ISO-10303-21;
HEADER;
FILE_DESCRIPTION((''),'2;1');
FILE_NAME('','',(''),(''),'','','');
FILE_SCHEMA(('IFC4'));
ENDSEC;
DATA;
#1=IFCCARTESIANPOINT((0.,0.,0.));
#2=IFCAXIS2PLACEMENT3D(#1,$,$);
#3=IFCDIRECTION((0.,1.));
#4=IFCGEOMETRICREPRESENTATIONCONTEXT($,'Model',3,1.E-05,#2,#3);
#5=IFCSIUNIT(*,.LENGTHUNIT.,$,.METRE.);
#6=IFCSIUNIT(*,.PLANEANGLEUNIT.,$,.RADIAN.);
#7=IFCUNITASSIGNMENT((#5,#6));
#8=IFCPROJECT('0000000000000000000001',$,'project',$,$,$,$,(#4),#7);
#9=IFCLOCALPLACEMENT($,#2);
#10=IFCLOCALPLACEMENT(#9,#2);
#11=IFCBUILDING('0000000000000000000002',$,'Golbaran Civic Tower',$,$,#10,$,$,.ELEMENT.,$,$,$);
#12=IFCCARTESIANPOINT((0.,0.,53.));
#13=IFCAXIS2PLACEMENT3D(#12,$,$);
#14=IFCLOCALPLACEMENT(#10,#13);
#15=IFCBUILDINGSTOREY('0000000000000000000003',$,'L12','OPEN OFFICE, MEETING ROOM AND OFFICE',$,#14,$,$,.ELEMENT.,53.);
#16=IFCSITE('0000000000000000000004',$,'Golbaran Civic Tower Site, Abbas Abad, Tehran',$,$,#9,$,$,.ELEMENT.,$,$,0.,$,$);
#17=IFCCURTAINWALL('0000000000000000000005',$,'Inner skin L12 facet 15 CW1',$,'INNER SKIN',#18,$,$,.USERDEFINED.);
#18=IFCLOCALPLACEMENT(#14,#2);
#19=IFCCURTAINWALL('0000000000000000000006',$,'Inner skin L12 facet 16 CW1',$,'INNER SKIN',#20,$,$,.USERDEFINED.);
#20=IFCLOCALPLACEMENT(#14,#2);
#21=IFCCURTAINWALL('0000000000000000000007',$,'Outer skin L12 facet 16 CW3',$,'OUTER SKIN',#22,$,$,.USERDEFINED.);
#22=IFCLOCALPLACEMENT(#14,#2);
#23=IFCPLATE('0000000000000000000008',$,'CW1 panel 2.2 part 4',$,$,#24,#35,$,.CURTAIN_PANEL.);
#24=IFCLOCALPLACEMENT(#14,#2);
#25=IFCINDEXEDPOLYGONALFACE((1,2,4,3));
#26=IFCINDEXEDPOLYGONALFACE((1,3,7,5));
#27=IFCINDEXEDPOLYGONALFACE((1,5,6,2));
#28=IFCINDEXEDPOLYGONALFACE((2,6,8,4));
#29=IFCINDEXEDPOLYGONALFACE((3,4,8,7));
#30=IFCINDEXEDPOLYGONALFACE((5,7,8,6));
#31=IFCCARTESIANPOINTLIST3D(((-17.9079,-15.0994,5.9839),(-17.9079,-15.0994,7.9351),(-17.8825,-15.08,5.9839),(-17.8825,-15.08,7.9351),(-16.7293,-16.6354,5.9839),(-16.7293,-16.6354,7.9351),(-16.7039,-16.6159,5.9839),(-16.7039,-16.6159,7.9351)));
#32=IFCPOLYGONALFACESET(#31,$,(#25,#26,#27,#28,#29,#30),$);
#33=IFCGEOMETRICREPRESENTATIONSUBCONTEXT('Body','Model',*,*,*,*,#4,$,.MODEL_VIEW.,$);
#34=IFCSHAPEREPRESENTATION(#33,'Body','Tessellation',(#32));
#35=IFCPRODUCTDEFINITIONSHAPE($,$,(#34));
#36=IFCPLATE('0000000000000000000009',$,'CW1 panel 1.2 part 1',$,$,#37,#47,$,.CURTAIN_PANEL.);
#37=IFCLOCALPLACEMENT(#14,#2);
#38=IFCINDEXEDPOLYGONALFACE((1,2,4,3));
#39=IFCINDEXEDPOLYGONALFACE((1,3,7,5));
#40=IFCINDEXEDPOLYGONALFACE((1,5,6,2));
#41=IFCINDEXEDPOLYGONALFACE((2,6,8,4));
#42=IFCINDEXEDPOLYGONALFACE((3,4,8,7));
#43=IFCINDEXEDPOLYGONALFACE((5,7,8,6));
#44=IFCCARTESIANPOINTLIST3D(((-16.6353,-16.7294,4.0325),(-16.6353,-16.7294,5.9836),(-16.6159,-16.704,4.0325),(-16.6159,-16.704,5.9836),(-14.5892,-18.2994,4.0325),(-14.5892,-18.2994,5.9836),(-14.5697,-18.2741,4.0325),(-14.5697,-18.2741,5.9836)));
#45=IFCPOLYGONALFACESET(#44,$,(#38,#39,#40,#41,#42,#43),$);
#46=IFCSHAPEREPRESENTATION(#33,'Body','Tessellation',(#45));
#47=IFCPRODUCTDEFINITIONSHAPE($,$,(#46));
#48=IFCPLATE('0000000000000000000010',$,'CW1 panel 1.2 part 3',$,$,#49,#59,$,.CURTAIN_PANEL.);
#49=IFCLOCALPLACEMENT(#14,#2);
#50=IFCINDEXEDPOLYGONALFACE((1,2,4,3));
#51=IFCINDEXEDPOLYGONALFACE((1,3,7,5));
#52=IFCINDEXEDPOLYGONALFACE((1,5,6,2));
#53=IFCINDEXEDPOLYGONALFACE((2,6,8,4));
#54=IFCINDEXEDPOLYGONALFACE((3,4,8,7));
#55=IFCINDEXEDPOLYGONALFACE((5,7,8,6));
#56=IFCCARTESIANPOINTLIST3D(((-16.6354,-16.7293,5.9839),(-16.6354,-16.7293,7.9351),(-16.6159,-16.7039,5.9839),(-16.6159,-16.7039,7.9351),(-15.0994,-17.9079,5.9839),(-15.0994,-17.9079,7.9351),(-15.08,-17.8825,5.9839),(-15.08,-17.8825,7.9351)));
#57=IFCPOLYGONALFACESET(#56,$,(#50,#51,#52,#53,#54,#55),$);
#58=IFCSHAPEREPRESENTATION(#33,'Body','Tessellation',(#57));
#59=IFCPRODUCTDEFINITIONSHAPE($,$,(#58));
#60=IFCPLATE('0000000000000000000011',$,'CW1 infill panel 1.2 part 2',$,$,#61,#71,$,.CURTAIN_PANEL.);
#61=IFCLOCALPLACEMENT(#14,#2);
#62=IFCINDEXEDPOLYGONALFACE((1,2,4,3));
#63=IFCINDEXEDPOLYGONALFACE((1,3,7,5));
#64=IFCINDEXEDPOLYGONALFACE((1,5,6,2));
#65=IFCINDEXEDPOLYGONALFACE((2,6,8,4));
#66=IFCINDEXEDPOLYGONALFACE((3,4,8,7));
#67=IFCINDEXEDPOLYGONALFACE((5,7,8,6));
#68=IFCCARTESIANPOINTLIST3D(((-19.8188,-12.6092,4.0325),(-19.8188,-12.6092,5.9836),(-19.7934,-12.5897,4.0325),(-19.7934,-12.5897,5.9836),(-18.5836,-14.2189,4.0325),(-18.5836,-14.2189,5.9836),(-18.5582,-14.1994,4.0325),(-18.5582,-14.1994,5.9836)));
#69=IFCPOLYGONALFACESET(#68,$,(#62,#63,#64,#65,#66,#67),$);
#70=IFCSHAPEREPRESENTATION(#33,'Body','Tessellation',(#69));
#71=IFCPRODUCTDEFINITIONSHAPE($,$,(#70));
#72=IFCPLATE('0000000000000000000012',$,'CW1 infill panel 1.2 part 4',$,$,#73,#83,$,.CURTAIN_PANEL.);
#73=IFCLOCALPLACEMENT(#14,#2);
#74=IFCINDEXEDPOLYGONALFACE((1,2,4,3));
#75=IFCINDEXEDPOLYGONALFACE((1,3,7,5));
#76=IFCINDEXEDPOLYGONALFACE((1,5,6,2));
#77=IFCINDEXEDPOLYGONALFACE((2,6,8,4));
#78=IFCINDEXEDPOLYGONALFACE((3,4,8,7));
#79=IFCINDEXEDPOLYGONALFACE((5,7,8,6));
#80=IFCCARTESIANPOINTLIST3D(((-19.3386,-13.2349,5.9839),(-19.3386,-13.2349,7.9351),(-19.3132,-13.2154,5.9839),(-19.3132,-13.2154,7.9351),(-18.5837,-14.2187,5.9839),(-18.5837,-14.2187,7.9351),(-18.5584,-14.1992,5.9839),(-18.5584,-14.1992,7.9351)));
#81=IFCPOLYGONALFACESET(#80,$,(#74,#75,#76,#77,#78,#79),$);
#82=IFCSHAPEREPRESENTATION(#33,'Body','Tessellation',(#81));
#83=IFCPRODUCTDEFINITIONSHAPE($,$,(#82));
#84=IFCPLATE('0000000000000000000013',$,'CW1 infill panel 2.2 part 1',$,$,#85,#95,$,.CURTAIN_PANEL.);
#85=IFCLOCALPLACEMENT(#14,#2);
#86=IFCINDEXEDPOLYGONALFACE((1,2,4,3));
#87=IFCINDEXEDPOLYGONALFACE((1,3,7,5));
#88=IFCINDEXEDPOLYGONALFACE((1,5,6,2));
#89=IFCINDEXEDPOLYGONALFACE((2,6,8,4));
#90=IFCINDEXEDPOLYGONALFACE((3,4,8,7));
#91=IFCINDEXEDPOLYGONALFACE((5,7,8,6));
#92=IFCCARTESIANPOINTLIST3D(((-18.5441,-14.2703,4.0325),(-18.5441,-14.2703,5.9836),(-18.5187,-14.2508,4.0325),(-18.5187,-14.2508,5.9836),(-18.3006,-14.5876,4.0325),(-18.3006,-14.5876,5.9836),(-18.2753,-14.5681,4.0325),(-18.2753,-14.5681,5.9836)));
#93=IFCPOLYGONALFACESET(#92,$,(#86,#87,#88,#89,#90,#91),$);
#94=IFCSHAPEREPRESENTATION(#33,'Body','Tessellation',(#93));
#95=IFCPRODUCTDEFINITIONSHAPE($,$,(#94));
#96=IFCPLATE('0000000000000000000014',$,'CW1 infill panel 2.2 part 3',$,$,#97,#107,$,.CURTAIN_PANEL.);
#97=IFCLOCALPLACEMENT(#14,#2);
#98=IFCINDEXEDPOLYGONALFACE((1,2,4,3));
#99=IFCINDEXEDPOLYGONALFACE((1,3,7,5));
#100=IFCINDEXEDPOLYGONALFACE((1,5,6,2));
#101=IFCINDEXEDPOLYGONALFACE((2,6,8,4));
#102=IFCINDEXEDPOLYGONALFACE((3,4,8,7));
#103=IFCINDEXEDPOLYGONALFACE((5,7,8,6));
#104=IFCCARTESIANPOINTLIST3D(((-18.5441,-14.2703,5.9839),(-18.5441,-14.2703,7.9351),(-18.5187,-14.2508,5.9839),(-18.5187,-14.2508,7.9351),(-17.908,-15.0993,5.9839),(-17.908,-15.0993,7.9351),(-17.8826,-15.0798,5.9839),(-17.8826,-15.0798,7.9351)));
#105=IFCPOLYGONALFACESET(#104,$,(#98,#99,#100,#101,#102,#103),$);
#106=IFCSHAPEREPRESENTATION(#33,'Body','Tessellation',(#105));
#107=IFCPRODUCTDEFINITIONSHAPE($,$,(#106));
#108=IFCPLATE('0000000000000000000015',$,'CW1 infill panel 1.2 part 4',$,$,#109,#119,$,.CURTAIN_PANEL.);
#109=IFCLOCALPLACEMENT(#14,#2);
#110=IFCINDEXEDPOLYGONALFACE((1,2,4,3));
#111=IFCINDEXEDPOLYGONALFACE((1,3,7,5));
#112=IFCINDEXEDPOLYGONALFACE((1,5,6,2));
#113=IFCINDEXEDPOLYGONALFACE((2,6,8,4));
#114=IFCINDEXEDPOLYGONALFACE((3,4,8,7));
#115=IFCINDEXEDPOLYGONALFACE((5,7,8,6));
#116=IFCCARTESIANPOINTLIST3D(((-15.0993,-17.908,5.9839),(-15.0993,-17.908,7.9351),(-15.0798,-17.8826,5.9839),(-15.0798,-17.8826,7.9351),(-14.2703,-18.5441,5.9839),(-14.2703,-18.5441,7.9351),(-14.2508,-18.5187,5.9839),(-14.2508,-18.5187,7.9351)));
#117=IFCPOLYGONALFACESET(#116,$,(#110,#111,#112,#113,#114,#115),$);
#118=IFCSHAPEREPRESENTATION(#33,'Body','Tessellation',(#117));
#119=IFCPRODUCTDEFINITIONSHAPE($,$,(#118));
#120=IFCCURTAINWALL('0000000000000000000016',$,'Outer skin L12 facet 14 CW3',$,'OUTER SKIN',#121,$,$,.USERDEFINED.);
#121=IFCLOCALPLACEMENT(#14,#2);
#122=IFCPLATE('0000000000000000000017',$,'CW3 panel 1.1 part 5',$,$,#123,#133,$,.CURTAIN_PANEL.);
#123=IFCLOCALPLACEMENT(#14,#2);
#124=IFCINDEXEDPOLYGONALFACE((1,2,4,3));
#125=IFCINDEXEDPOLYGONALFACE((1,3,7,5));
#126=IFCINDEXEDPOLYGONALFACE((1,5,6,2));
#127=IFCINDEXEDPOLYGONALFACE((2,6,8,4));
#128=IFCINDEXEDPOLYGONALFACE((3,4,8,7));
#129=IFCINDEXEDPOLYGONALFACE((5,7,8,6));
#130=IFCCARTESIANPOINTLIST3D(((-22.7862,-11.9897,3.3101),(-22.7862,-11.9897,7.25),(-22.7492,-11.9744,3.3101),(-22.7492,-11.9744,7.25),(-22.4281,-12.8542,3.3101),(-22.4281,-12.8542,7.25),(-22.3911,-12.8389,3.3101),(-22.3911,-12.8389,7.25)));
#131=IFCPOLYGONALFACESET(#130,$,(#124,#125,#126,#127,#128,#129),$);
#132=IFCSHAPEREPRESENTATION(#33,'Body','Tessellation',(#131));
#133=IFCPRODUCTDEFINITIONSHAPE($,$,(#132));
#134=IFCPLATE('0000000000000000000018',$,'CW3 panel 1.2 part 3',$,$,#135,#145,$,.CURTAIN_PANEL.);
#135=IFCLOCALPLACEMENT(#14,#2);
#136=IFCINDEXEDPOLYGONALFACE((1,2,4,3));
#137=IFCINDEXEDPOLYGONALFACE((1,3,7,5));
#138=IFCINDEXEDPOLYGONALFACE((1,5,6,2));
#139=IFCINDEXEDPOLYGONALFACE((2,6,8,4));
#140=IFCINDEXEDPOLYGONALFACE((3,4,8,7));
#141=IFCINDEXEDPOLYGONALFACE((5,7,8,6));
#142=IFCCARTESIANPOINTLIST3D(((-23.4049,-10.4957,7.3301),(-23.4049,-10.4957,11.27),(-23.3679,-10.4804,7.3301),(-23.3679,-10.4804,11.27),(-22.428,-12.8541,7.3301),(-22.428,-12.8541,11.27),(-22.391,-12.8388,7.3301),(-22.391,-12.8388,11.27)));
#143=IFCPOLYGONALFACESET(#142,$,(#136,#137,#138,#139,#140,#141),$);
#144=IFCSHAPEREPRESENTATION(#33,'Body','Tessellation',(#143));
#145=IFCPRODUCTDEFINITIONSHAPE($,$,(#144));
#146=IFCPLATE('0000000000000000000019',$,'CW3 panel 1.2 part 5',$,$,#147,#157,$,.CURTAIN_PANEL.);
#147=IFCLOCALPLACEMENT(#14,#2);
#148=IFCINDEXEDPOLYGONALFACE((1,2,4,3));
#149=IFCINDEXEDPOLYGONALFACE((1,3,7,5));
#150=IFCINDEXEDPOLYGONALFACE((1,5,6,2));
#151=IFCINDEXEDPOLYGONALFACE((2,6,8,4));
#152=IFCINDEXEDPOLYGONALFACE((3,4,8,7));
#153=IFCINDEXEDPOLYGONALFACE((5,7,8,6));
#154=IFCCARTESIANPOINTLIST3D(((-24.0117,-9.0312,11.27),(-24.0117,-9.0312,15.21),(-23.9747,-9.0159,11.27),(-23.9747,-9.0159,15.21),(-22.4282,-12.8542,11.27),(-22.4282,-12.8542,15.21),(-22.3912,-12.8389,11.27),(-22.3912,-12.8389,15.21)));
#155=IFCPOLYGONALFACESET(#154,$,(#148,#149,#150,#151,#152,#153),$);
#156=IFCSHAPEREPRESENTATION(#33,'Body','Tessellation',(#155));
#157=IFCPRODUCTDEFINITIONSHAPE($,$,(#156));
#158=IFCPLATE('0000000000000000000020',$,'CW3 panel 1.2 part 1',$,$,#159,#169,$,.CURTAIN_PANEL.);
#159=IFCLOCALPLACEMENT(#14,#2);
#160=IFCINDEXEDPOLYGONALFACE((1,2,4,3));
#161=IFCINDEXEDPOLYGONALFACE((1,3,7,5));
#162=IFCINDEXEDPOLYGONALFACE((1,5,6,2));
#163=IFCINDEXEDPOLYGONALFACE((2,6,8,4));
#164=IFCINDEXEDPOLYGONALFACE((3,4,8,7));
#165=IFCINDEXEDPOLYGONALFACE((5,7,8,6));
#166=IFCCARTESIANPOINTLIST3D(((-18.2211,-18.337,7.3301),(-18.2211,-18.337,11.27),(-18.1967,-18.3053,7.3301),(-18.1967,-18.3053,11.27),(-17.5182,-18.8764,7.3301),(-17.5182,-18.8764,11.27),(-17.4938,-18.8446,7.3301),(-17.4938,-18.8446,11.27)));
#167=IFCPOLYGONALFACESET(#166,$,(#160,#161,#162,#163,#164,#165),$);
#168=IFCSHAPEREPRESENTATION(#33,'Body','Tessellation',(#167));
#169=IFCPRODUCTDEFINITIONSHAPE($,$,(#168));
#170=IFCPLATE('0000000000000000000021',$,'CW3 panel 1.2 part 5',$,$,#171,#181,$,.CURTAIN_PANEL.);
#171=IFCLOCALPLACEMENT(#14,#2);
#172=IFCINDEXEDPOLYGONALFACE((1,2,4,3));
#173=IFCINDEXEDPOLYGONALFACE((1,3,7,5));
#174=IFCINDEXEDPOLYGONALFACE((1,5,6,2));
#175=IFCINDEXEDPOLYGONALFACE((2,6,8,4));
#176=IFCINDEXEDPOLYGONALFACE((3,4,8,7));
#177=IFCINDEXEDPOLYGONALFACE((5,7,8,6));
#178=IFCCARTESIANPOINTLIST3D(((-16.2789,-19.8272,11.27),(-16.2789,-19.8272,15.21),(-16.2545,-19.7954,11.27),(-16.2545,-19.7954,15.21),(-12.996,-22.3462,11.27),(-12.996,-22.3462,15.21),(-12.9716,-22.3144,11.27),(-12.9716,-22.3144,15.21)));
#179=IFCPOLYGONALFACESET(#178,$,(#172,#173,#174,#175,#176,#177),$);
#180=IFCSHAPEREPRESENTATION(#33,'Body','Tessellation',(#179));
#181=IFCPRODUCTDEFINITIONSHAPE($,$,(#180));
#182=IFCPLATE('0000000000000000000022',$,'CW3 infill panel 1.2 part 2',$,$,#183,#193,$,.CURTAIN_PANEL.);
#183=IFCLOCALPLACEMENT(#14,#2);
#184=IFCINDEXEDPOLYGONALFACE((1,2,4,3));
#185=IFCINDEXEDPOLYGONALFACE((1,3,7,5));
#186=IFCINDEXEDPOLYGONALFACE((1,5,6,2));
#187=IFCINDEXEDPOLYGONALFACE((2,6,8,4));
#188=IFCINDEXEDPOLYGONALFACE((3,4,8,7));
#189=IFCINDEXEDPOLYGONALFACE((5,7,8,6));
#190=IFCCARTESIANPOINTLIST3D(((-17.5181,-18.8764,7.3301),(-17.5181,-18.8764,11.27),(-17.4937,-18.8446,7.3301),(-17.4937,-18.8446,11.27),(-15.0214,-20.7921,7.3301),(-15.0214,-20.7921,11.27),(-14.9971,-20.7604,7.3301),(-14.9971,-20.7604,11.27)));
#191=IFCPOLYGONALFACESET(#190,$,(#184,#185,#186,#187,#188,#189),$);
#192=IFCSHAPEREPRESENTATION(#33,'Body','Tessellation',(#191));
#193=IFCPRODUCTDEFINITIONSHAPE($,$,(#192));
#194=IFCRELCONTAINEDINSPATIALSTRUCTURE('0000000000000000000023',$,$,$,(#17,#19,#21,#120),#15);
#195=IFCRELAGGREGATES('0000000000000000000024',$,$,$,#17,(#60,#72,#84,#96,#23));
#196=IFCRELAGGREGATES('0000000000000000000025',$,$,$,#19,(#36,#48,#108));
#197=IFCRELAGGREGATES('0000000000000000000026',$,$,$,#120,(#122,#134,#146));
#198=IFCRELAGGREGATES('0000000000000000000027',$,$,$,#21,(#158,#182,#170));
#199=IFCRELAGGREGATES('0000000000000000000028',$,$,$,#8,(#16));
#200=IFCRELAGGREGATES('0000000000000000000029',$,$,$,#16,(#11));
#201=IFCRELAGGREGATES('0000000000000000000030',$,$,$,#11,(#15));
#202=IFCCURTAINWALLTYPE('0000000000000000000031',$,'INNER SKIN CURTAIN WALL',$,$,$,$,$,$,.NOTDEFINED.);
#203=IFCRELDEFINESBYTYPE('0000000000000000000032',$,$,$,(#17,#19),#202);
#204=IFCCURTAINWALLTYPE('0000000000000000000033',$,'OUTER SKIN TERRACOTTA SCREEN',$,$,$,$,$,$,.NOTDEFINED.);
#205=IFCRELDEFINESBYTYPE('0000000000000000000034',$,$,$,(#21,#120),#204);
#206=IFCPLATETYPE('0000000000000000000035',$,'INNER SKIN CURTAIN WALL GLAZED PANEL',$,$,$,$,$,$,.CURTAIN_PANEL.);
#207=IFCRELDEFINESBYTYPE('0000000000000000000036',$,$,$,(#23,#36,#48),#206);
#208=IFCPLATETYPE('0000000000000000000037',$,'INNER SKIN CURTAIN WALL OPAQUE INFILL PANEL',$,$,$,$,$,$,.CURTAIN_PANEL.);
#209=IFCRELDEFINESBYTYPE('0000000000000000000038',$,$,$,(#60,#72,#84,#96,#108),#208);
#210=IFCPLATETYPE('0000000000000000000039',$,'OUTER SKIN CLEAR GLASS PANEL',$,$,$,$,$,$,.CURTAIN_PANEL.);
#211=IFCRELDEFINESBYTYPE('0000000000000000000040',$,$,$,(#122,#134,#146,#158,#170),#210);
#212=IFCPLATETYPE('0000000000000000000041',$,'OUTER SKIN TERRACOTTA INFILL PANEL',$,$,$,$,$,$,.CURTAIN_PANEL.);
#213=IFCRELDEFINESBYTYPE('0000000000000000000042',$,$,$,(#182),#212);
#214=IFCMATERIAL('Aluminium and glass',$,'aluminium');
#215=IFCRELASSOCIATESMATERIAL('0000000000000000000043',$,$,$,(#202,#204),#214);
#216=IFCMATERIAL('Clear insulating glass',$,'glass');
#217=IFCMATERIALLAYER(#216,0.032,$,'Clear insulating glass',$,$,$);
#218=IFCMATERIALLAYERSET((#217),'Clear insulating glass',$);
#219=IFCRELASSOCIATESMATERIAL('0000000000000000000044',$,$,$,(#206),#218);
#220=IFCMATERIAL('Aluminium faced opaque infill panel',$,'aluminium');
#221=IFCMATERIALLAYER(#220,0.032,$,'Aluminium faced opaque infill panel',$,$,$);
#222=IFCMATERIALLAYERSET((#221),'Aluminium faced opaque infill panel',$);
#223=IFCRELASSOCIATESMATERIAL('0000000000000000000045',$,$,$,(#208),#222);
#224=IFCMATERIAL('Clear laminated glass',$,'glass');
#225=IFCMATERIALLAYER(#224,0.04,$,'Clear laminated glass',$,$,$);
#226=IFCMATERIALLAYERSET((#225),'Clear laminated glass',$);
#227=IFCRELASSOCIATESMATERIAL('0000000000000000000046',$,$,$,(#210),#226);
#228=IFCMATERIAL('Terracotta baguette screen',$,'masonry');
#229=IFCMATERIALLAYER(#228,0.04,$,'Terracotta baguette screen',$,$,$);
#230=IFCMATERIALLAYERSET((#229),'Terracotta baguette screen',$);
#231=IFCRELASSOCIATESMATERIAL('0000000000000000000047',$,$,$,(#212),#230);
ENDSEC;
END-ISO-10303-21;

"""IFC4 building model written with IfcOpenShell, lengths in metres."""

from ifc_helpers import new_model, si_unit, direction, frame, origin, origin_2d, place, context, subcontext, project, spatial, rectangle, extrude, material, layer, layer_set, type_object, element, aggregate, save


model = new_model("IFC4")

# Units and contexts
model_context = context("Model", 3, precision=1e-05, world=origin(), true_north=direction((0.0, 1.0)))
body_context = subcontext(model_context, "Body", "Model", "MODEL_VIEW")
ifc_project = project(units=[si_unit("LENGTHUNIT", "METRE"), si_unit("PLANEANGLEUNIT", "RADIAN")], contexts=[model_context])

# Site, building, storey
site_placement = place(None, origin())
site = spatial("IfcSite", under=ifc_project, at=site_placement, Name="Golbaran Civic Tower Site, Abbas Abad, Tehran", CompositionType="ELEMENT", RefElevation=0.0)
building_placement = place(site_placement, origin())
building = spatial("IfcBuilding", under=site, at=building_placement, Name="Golbaran Civic Tower", CompositionType="ELEMENT")
storey_placement = place(building_placement, frame((0.0, 0.0, 53.0)))
storey = spatial("IfcBuildingStorey", under=building, at=storey_placement, Name="L12", Description="OPEN OFFICE, MEETING ROOM AND OFFICE", CompositionType="ELEMENT", Elevation=53.0)

# Curtain walls
ifc_material_1 = material(Name="Aluminium and glass", Category="aluminium")
curtain_wall_type_1 = type_object("IfcCurtainWallType", Name="INNER SKIN CURTAIN WALL", PredefinedType="NOTDEFINED", material=ifc_material_1)
curtain_wall_1_placement = place(storey_placement, origin())
curtain_wall_1 = element("IfcCurtainWall", 1, at=curtain_wall_1_placement, inside=storey, type_object=curtain_wall_type_1, Name="Inner skin L12 facet 15 CW1", ObjectType="INNER SKIN", PredefinedType="USERDEFINED")
curtain_wall_2_placement = place(storey_placement, origin())
curtain_wall_2 = element("IfcCurtainWall", 2, at=curtain_wall_2_placement, inside=storey, type_object=curtain_wall_type_1, Name="Inner skin L12 facet 16 CW1", ObjectType="INNER SKIN", PredefinedType="USERDEFINED")
curtain_wall_type_2 = type_object("IfcCurtainWallType", Name="OUTER SKIN TERRACOTTA SCREEN", PredefinedType="NOTDEFINED", material=ifc_material_1)
curtain_wall_3_placement = place(storey_placement, origin())
curtain_wall_3 = element("IfcCurtainWall", 3, at=curtain_wall_3_placement, inside=storey, type_object=curtain_wall_type_2, Name="Outer skin L12 facet 16 CW3", ObjectType="OUTER SKIN", PredefinedType="USERDEFINED")

# Shared definitions
ifc_material_2 = material(Name="Clear insulating glass", Category="glass")
ifc_layer_1 = layer(ifc_material_2, 0.032, Name="Clear insulating glass")
ifc_layer_set_1 = layer_set([ifc_layer_1], Name="Clear insulating glass")
plate_type_1 = type_object("IfcPlateType", Name="INNER SKIN CURTAIN WALL GLAZED PANEL", PredefinedType="CURTAIN_PANEL", material=ifc_layer_set_1)

# Plates
plate_1_placement = place(storey_placement, frame((-17.3059, -15.8577, 5.9839), z_axis=(0.0, 0.0, 1.0), x_axis=(0.608761, -0.793353, 0.0)))
plate_1 = element("IfcPlate", 4, at=plate_1_placement, type_object=plate_type_1, Name="CW1 panel 2.2 part 4", PredefinedType="CURTAIN_PANEL", context=body_context, shape_type="SweptSolid", body=[
    extrude(rectangle(XDim=1.936, YDim=0.032, at=origin_2d()), origin(), (0.0, 0.0, 1.0), 1.9512),
])
plate_2_placement = place(storey_placement, frame((-15.6025, -17.5017, 4.0325), z_axis=(0.0, 0.0, 1.0), x_axis=(0.793353, -0.608761, 0.0)))
plate_2 = element("IfcPlate", 5, at=plate_2_placement, type_object=plate_type_1, Name="CW1 panel 1.2 part 1", PredefinedType="CURTAIN_PANEL", context=body_context, shape_type="SweptSolid", body=[
    extrude(rectangle(XDim=2.5791, YDim=0.032, at=origin_2d()), origin(), (0.0, 0.0, 1.0), 1.9512),
])
plate_3_placement = place(storey_placement, frame((-15.8577, -17.3059, 5.9839), z_axis=(0.0, 0.0, 1.0), x_axis=(0.793353, -0.608761, 0.0)))
plate_3 = element("IfcPlate", 6, at=plate_3_placement, type_object=plate_type_1, Name="CW1 panel 1.2 part 3", PredefinedType="CURTAIN_PANEL", context=body_context, shape_type="SweptSolid", body=[
    extrude(rectangle(XDim=1.936, YDim=0.032, at=origin_2d()), origin(), (0.0, 0.0, 1.0), 1.9512),
])
ifc_material_3 = material(Name="Aluminium faced opaque infill panel", Category="aluminium")
ifc_layer_2 = layer(ifc_material_3, 0.032, Name="Aluminium faced opaque infill panel")
ifc_layer_set_2 = layer_set([ifc_layer_2], Name="Aluminium faced opaque infill panel")
plate_type_2 = type_object("IfcPlateType", Name="INNER SKIN CURTAIN WALL OPAQUE INFILL PANEL", PredefinedType="CURTAIN_PANEL", material=ifc_layer_set_2)
plate_4_placement = place(storey_placement, frame((-19.1885, -13.4043, 4.0325), z_axis=(0.0, 0.0, 1.0), x_axis=(0.608761, -0.793353, 0.0)))
plate_4 = element("IfcPlate", 7, at=plate_4_placement, type_object=plate_type_2, Name="CW1 infill panel 1.2 part 2", PredefinedType="CURTAIN_PANEL", context=body_context, shape_type="SweptSolid", body=[
    extrude(rectangle(XDim=2.0291, YDim=0.032, at=origin_2d()), origin(), (0.0, 0.0, 1.0), 1.9512),
])
plate_5_placement = place(storey_placement, frame((-18.9485, -13.717, 5.9839), z_axis=(0.0, 0.0, 1.0), x_axis=(0.608761, -0.793353, 0.0)))
plate_5 = element("IfcPlate", 8, at=plate_5_placement, type_object=plate_type_2, Name="CW1 infill panel 1.2 part 4", PredefinedType="CURTAIN_PANEL", context=body_context, shape_type="SweptSolid", body=[
    extrude(rectangle(XDim=1.24, YDim=0.032, at=origin_2d()), origin(), (0.0, 0.0, 1.0), 1.9512),
])
plate_6_placement = place(storey_placement, frame((-18.4097, -14.4192, 4.0325), z_axis=(0.0, 0.0, 1.0), x_axis=(0.608761, -0.793353, 0.0)))
plate_6 = element("IfcPlate", 9, at=plate_6_placement, type_object=plate_type_2, Name="CW1 infill panel 2.2 part 1", PredefinedType="CURTAIN_PANEL", context=body_context, shape_type="SweptSolid", body=[
    extrude(rectangle(XDim=0.3999, YDim=0.032, at=origin_2d()), origin(), (0.0, 0.0, 1.0), 1.9512),
])
plate_7_placement = place(storey_placement, frame((-18.2134, -14.675, 5.9839), z_axis=(0.0, 0.0, 1.0), x_axis=(0.608761, -0.793353, 0.0)))
plate_7 = element("IfcPlate", 10, at=plate_7_placement, type_object=plate_type_2, Name="CW1 infill panel 2.2 part 3", PredefinedType="CURTAIN_PANEL", context=body_context, shape_type="SweptSolid", body=[
    extrude(rectangle(XDim=1.0449, YDim=0.032, at=origin_2d()), origin(), (0.0, 0.0, 1.0), 1.9512),
])
aggregate(curtain_wall_1, [plate_4, plate_5, plate_6, plate_7, plate_1])
plate_8_placement = place(storey_placement, frame((-14.675, -18.2134, 5.9839), z_axis=(0.0, 0.0, 1.0), x_axis=(0.793353, -0.608761, 0.0)))
plate_8 = element("IfcPlate", 11, at=plate_8_placement, type_object=plate_type_2, Name="CW1 infill panel 1.2 part 4", PredefinedType="CURTAIN_PANEL", context=body_context, shape_type="SweptSolid", body=[
    extrude(rectangle(XDim=1.0449, YDim=0.032, at=origin_2d()), origin(), (0.0, 0.0, 1.0), 1.9512),
])
aggregate(curtain_wall_2, [plate_2, plate_3, plate_8])

# Curtain wall, plates
curtain_wall_4_placement = place(storey_placement, origin())
curtain_wall_4 = element("IfcCurtainWall", 12, at=curtain_wall_4_placement, inside=storey, type_object=curtain_wall_type_2, Name="Outer skin L12 facet 14 CW3", ObjectType="OUTER SKIN", PredefinedType="USERDEFINED")
ifc_material_4 = material(Name="Clear laminated glass", Category="glass")
ifc_layer_3 = layer(ifc_material_4, 0.04, Name="Clear laminated glass")
ifc_layer_set_3 = layer_set([ifc_layer_3], Name="Clear laminated glass")
plate_type_3 = type_object("IfcPlateType", Name="OUTER SKIN CLEAR GLASS PANEL", PredefinedType="CURTAIN_PANEL", material=ifc_layer_set_3)
plate_9_placement = place(storey_placement, frame((-22.5886, -12.4143, 3.3101), z_axis=(0.0, 0.0, 1.0), x_axis=(0.382683, -0.92388, 0.0)))
plate_9 = element("IfcPlate", 13, at=plate_9_placement, type_object=plate_type_3, Name="CW3 panel 1.1 part 5", PredefinedType="CURTAIN_PANEL", context=body_context, shape_type="SweptSolid", body=[
    extrude(rectangle(XDim=0.9358, YDim=0.04, at=origin_2d()), origin(), (0.0, 0.0, 1.0), 3.9399),
])
plate_10_placement = place(storey_placement, frame((-22.8979, -11.6672, 7.3301), z_axis=(0.0, 0.0, 1.0), x_axis=(0.382683, -0.92388, 0.0)))
plate_10 = element("IfcPlate", 14, at=plate_10_placement, type_object=plate_type_3, Name="CW3 panel 1.2 part 3", PredefinedType="CURTAIN_PANEL", context=body_context, shape_type="SweptSolid", body=[
    extrude(rectangle(XDim=2.5527, YDim=0.04, at=origin_2d()), origin(), (0.0, 0.0, 1.0), 3.9399),
])
plate_11_placement = place(storey_placement, frame((-23.2014, -10.9351, 11.27), z_axis=(0.0, 0.0, 1.0), x_axis=(0.382683, -0.92388, 0.0)))
plate_11 = element("IfcPlate", 15, at=plate_11_placement, type_object=plate_type_3, Name="CW3 panel 1.2 part 5", PredefinedType="CURTAIN_PANEL", context=body_context, shape_type="SweptSolid", body=[
    extrude(rectangle(XDim=4.1379, YDim=0.04, at=origin_2d()), origin(), (0.0, 0.0, 1.0), 3.9399),
])
aggregate(curtain_wall_4, [plate_9, plate_10, plate_11])

# Plates
plate_12_placement = place(storey_placement, frame((-17.8574, -18.5908, 7.3301), z_axis=(0.0, 0.0, 1.0), x_axis=(0.793353, -0.608761, 0.0)))
plate_12 = element("IfcPlate", 16, at=plate_12_placement, type_object=plate_type_3, Name="CW3 panel 1.2 part 1", PredefinedType="CURTAIN_PANEL", context=body_context, shape_type="SweptSolid", body=[
    extrude(rectangle(XDim=0.886, YDim=0.04, at=origin_2d()), origin(), (0.0, 0.0, 1.0), 3.9399),
])
plate_13_placement = place(storey_placement, frame((-14.6252, -21.0708, 11.27), z_axis=(0.0, 0.0, 1.0), x_axis=(0.793353, -0.608761, 0.0)))
plate_13 = element("IfcPlate", 17, at=plate_13_placement, type_object=plate_type_3, Name="CW3 panel 1.2 part 5", PredefinedType="CURTAIN_PANEL", context=body_context, shape_type="SweptSolid", body=[
    extrude(rectangle(XDim=4.1379, YDim=0.04, at=origin_2d()), origin(), (0.0, 0.0, 1.0), 3.9399),
])
ifc_material_5 = material(Name="Terracotta baguette screen", Category="masonry")
ifc_layer_4 = layer(ifc_material_5, 0.04, Name="Terracotta baguette screen")
ifc_layer_set_4 = layer_set([ifc_layer_4], Name="Terracotta baguette screen")
plate_type_4 = type_object("IfcPlateType", Name="OUTER SKIN TERRACOTTA INFILL PANEL", PredefinedType="CURTAIN_PANEL", material=ifc_layer_set_4)
plate_14_placement = place(storey_placement, frame((-16.2576, -19.8184, 7.3301), z_axis=(0.0, 0.0, 1.0), x_axis=(0.793353, -0.608761, 0.0)))
plate_14 = element("IfcPlate", 18, at=plate_14_placement, type_object=plate_type_4, Name="CW3 infill panel 1.2 part 2", PredefinedType="CURTAIN_PANEL", context=body_context, shape_type="SweptSolid", body=[
    extrude(rectangle(XDim=3.147, YDim=0.04, at=origin_2d()), origin(), (0.0, 0.0, 1.0), 3.9399),
])
aggregate(curtain_wall_3, [plate_12, plate_14, plate_13])

save(model, "model.ifc")
